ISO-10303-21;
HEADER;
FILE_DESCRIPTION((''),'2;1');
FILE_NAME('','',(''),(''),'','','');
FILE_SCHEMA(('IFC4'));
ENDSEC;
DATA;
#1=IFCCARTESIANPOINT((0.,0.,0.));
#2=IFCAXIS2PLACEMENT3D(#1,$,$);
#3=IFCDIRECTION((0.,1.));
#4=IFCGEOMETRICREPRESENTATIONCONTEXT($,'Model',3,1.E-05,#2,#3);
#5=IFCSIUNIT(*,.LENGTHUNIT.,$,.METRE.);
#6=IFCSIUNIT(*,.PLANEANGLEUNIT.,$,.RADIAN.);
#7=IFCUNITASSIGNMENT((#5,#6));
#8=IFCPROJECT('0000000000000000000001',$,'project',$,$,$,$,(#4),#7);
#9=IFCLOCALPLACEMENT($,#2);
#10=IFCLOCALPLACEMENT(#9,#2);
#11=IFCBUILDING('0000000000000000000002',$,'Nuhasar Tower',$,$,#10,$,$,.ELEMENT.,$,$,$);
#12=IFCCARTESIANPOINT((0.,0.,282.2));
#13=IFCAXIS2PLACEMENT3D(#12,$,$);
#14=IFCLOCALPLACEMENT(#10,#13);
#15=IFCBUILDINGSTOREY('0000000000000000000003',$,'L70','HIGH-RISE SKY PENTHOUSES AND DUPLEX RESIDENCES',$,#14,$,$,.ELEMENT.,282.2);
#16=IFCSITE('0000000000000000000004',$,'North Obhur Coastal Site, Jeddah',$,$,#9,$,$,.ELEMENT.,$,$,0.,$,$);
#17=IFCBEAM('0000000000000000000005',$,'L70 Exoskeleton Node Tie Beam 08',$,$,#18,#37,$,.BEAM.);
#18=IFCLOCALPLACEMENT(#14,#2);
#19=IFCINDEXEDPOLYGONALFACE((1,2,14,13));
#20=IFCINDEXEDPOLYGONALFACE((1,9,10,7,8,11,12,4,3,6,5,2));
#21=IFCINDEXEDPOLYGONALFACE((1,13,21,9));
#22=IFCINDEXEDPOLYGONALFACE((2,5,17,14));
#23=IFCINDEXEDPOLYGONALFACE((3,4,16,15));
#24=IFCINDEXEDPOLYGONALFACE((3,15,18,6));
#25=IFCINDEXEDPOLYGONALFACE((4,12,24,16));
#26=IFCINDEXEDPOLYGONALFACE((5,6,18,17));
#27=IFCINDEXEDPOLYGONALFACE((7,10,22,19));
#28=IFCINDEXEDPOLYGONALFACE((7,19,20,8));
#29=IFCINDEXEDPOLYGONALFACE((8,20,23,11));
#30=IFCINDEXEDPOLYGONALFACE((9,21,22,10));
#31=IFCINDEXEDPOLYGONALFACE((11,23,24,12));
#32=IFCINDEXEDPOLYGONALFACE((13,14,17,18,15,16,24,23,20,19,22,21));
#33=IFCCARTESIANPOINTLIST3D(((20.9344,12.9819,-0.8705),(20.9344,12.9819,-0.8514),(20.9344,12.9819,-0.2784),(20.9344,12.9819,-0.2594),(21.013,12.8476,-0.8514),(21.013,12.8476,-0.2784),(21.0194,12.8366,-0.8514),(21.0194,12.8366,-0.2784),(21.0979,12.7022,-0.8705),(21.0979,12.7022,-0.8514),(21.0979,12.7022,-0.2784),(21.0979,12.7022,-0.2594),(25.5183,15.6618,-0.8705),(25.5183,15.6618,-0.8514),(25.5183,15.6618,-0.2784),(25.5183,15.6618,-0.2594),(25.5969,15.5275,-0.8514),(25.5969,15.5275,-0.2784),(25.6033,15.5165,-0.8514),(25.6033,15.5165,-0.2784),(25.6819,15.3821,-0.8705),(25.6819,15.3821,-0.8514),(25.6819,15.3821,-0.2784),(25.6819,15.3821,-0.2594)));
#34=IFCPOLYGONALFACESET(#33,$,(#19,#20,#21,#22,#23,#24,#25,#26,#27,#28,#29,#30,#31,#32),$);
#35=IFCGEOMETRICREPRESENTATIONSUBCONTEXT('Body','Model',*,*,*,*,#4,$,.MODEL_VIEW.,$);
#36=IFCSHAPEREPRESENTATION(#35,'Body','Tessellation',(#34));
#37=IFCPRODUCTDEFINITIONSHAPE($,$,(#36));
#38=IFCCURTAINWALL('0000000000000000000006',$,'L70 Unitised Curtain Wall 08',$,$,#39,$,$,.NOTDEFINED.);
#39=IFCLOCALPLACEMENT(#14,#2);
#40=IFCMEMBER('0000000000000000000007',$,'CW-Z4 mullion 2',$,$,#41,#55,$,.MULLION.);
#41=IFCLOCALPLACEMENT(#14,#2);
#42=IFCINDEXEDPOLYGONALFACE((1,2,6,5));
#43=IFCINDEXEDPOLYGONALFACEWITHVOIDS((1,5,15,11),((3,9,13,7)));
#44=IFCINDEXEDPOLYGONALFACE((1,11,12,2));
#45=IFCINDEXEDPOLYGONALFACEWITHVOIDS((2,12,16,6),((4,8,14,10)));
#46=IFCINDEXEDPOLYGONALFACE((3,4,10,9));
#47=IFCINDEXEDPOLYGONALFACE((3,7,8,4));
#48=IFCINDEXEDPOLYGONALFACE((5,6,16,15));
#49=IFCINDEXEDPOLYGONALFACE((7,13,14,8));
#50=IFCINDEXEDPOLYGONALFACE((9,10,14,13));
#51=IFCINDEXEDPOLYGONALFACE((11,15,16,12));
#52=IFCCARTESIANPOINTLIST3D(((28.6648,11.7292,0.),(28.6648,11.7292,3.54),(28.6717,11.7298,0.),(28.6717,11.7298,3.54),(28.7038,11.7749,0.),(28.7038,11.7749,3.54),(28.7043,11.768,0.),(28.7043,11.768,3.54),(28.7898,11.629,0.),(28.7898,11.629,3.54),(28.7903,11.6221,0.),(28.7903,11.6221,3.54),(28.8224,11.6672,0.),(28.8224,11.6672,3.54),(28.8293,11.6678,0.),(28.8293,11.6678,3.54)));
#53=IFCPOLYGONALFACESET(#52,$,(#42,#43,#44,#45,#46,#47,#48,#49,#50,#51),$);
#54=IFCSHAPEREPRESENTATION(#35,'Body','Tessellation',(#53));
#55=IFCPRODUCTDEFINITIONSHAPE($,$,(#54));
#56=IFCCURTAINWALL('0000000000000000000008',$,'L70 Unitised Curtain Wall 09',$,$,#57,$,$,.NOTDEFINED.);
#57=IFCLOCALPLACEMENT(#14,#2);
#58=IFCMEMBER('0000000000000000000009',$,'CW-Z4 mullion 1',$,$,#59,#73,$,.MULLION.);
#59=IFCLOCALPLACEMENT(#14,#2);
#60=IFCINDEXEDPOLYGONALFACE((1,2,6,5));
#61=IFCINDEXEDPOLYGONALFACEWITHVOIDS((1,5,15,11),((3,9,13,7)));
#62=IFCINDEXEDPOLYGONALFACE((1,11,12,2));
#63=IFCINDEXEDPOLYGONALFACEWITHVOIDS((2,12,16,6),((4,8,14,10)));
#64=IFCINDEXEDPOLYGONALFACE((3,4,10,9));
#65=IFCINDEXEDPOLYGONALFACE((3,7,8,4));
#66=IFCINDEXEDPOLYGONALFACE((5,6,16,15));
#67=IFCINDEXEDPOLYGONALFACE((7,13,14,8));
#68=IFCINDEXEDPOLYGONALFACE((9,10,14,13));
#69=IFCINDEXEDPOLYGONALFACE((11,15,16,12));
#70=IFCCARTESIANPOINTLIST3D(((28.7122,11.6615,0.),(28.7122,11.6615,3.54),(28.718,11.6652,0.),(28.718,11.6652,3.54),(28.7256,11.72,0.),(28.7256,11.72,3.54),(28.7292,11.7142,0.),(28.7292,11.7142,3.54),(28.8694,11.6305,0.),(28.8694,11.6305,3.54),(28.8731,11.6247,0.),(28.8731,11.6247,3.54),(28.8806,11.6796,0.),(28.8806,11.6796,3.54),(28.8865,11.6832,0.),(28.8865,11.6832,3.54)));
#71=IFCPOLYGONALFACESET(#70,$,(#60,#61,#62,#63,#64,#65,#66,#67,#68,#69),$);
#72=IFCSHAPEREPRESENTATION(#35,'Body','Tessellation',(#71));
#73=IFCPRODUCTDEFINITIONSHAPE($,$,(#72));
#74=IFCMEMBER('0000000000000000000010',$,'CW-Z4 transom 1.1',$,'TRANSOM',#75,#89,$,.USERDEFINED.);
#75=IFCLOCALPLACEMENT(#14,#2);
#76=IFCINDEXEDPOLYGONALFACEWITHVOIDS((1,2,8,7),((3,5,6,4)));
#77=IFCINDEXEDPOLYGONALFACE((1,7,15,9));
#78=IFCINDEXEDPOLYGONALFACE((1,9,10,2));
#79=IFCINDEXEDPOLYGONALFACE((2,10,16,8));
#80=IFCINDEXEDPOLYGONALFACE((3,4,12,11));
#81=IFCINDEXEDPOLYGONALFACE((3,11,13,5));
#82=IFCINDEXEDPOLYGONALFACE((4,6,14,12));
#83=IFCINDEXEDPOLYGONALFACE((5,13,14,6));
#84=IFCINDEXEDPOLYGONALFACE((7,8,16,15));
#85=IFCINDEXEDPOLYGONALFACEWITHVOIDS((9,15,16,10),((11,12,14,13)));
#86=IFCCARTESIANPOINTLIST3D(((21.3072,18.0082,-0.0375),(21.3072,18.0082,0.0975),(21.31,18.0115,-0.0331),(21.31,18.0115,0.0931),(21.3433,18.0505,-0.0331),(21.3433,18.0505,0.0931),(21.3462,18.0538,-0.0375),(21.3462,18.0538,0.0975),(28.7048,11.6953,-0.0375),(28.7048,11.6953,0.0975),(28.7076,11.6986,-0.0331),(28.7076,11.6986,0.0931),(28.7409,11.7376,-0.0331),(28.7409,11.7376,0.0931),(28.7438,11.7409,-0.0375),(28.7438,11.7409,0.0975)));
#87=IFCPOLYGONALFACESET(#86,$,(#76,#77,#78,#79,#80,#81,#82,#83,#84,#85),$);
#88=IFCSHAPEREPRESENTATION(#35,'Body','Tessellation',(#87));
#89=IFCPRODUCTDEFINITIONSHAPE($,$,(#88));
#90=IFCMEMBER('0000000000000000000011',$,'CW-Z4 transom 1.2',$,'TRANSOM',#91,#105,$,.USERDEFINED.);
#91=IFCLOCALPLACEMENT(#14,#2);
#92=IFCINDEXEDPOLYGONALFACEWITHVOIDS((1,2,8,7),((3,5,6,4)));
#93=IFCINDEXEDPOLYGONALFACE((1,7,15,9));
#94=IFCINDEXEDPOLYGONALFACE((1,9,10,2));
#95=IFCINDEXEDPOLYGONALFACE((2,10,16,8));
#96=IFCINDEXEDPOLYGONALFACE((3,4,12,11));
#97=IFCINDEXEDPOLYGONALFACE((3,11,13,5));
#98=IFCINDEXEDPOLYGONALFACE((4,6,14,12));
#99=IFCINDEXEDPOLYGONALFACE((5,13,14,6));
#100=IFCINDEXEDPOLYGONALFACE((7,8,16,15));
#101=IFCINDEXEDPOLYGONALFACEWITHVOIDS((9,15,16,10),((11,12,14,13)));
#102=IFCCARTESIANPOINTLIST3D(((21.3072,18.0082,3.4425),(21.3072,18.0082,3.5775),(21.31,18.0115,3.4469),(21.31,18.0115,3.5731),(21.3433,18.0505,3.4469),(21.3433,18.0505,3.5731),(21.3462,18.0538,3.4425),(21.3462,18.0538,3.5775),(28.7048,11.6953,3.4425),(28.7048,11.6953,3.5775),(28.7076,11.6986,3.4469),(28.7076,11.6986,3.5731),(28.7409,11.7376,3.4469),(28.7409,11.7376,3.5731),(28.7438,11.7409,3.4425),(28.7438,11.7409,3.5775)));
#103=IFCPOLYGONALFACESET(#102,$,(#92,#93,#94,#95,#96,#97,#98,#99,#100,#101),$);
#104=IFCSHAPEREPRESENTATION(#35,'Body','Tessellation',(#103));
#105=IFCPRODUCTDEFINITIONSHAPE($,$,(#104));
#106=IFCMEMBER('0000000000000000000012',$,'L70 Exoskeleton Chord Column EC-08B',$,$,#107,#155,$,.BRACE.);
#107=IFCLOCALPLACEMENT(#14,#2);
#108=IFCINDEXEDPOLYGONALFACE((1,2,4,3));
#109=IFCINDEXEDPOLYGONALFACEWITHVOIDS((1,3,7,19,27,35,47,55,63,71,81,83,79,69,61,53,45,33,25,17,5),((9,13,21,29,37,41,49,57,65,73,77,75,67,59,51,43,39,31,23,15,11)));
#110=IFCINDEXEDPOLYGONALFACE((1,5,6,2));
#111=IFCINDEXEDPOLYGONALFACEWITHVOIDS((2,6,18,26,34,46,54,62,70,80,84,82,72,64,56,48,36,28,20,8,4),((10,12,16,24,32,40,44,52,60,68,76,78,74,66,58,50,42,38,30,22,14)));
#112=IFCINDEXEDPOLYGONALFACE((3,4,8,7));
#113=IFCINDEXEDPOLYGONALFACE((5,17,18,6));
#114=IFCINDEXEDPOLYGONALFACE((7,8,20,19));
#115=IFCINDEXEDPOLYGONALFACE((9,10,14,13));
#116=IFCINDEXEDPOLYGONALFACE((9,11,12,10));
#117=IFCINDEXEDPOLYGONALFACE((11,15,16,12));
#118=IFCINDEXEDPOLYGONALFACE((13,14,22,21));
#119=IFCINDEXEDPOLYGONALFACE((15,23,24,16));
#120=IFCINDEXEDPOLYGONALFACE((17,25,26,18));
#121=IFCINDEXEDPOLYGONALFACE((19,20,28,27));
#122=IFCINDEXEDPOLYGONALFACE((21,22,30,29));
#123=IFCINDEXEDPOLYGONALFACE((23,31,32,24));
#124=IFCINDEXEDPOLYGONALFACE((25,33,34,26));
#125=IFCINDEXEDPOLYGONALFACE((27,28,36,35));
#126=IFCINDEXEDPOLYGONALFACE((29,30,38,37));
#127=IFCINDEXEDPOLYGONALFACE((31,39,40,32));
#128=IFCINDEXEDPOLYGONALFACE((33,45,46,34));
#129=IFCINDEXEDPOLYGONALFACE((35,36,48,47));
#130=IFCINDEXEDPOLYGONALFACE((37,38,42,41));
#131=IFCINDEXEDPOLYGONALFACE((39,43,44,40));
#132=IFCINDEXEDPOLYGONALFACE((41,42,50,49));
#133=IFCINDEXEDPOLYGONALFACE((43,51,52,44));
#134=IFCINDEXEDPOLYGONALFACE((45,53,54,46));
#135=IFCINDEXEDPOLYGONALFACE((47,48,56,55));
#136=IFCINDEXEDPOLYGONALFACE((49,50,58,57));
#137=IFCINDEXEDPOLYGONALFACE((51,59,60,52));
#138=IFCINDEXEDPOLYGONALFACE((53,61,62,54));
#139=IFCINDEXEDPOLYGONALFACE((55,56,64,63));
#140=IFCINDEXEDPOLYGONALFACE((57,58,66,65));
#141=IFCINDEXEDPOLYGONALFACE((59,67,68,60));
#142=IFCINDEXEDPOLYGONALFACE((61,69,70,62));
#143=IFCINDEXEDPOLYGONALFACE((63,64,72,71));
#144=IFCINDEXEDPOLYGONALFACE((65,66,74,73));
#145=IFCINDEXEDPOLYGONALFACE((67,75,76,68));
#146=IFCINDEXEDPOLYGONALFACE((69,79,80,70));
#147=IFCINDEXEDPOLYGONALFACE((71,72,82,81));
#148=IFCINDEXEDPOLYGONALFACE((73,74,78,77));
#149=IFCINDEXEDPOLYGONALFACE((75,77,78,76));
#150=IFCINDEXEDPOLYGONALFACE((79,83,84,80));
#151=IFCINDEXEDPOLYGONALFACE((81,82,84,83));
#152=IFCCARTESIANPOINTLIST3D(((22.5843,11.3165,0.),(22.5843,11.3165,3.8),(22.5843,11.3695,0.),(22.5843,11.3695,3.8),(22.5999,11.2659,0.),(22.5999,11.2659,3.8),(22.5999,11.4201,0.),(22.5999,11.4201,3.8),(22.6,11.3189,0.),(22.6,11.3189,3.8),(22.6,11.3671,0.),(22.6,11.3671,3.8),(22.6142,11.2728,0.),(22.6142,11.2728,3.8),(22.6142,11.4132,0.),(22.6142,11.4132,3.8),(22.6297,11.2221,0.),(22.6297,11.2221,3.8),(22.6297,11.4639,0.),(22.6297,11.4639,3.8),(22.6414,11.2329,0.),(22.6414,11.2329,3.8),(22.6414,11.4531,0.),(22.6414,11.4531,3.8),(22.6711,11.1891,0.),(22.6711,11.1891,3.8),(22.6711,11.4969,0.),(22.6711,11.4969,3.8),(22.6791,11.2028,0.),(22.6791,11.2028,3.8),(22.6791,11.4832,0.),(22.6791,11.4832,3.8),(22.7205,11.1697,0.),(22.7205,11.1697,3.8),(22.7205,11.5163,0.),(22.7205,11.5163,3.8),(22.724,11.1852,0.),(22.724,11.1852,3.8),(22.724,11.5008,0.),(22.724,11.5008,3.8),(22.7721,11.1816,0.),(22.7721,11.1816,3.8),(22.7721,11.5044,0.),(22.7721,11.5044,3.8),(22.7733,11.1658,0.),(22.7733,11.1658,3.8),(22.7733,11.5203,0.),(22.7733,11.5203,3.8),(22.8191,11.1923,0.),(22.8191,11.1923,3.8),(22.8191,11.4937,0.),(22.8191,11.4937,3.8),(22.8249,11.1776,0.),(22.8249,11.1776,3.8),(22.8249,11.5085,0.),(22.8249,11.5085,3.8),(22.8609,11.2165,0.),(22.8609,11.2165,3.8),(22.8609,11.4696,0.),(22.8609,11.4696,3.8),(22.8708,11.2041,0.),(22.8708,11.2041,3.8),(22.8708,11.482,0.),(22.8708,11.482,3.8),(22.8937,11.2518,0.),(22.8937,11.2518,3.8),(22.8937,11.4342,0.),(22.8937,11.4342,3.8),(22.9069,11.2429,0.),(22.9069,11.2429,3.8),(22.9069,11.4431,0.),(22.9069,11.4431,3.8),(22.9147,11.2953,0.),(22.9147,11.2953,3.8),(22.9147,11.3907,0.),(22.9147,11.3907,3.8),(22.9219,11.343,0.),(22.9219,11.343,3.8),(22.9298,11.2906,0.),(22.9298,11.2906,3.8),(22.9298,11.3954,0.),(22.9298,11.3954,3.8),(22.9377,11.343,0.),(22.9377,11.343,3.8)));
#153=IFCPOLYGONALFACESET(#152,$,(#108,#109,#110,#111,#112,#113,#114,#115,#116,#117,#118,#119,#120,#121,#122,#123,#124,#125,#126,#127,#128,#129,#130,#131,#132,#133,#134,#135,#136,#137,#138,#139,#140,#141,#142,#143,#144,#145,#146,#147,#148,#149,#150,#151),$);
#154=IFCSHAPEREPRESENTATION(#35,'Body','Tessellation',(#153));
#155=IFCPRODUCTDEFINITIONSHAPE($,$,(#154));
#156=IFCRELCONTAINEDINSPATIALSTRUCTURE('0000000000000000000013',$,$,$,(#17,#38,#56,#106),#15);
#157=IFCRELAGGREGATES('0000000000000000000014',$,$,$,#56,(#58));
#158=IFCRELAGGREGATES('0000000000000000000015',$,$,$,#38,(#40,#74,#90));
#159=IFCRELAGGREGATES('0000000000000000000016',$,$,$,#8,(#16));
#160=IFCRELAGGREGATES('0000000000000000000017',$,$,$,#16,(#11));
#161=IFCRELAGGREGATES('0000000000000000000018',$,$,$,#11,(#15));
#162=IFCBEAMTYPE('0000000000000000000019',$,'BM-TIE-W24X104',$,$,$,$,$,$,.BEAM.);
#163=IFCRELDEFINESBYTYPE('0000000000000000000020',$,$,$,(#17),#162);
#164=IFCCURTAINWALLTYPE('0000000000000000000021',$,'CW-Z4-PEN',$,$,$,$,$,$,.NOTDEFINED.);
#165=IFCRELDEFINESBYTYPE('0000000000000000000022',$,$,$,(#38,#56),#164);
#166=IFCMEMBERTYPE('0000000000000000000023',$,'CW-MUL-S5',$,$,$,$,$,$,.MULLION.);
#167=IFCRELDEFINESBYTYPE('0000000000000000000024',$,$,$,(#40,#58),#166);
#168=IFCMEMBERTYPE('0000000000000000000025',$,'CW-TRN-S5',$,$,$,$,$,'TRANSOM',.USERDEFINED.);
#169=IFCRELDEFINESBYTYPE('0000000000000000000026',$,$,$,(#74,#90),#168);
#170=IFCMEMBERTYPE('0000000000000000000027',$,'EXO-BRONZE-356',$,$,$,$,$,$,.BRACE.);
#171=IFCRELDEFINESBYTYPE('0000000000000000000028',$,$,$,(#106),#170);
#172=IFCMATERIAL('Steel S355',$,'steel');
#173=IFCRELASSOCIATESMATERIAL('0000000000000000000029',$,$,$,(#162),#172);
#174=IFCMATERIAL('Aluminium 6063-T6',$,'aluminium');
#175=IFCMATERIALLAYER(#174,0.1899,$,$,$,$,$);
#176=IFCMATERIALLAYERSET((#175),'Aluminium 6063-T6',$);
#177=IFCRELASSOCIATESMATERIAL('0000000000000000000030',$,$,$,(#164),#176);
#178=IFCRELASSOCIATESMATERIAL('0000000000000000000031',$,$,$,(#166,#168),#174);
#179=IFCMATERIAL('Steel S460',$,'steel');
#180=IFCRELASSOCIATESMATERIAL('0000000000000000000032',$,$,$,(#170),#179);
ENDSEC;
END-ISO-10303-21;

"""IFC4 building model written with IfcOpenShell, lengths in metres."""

from ifc_helpers import new_model, si_unit, direction, frame, origin, origin_2d, place, context, subcontext, project, spatial, hollow_rectangle, hollow_circle, i_section, extrude, material, layer, layer_set, material_profile, profile_set, type_object, element, aggregate, save


model = new_model("IFC4")

# Units and contexts
model_context = context("Model", 3, precision=1e-05, world=origin(), true_north=direction((0.0, 1.0)))
body_context = subcontext(model_context, "Body", "Model", "MODEL_VIEW")
ifc_project = project(units=[si_unit("LENGTHUNIT", "METRE"), si_unit("PLANEANGLEUNIT", "RADIAN")], contexts=[model_context])

# Site, building, storey
site_placement = place(None, origin())
site = spatial("IfcSite", under=ifc_project, at=site_placement, Name="North Obhur Coastal Site, Jeddah", CompositionType="ELEMENT", RefElevation=0.0)
building_placement = place(site_placement, origin())
building = spatial("IfcBuilding", under=site, at=building_placement, Name="Nuhasar Tower", CompositionType="ELEMENT")
storey_placement = place(building_placement, frame((0.0, 0.0, 282.2)))
storey = spatial("IfcBuildingStorey", under=building, at=storey_placement, Name="L70", Description="HIGH-RISE SKY PENTHOUSES AND DUPLEX RESIDENCES", CompositionType="ELEMENT", Elevation=282.2)

# Beam
ifc_material_1 = material(Name="Steel S355", Category="steel")
ifc_material_profile_1 = material_profile(ifc_material_1, i_section(OverallWidth=0.324, OverallDepth=0.6111, WebThickness=0.0127, FlangeThickness=0.019, at=origin_2d()), Name="W24X104")
ifc_profile_set_1 = profile_set([ifc_material_profile_1], Name="Steel S355")
beam_type_1 = type_object("IfcBeamType", Name="BM-TIE-W24X104", PredefinedType="BEAM", material=ifc_profile_set_1)
beam_1_placement = place(storey_placement, frame((25.6001, 15.522, -0.5649), z_axis=(-0.863292, -0.504706, 0.0), x_axis=(0.504706, -0.863292, 0.0)))
element("IfcBeam", 1, at=beam_1_placement, inside=storey, type_object=beam_type_1, Name="L70 Exoskeleton Node Tie Beam 08", PredefinedType="BEAM", context=body_context, shape_type="SweptSolid", body=[
    extrude(i_section(OverallWidth=0.324, OverallDepth=0.6111, WebThickness=0.0127, FlangeThickness=0.019, at=origin_2d()), origin(), (0.0, 0.0, 1.0), 5.3098),
])

# Curtain walls, members
ifc_material_2 = material(Name="Aluminium 6063-T6", Category="aluminium")
ifc_layer_1 = layer(ifc_material_2, 0.1899)
ifc_layer_set_1 = layer_set([ifc_layer_1], Name="Aluminium 6063-T6")
curtain_wall_type = type_object("IfcCurtainWallType", Name="CW-Z4-PEN", PredefinedType="NOTDEFINED", material=ifc_layer_set_1)
curtain_wall_1_placement = place(storey_placement, origin())
curtain_wall_1 = element("IfcCurtainWall", 2, at=curtain_wall_1_placement, inside=storey, type_object=curtain_wall_type, Name="L70 Unitised Curtain Wall 08", PredefinedType="NOTDEFINED")
ifc_material_profile_2 = material_profile(ifc_material_2, hollow_rectangle(XDim=0.0601, YDim=0.165, WallThickness=0.0049, at=origin_2d()), Name="CWM-5")
ifc_profile_set_2 = profile_set([ifc_material_profile_2], Name="Aluminium 6063-T6")
member_type_1 = type_object("IfcMemberType", Name="CW-MUL-S5", PredefinedType="MULLION", material=ifc_profile_set_2)
member_1_placement = place(storey_placement, frame((28.7471, 11.6985, 0.0), z_axis=(0.0, 0.0, 1.0), x_axis=(0.649142, 0.760667, 0.0)))
member_1 = element("IfcMember", 3, at=member_1_placement, type_object=member_type_1, Name="CW-Z4 mullion 2", PredefinedType="MULLION", context=body_context, shape_type="SweptSolid", body=[
    extrude(hollow_rectangle(XDim=0.0601, YDim=0.165, WallThickness=0.0049, at=origin_2d()), origin(), (0.0, 0.0, 1.0), 3.54),
])
curtain_wall_2_placement = place(storey_placement, origin())
curtain_wall_2 = element("IfcCurtainWall", 4, at=curtain_wall_2_placement, inside=storey, type_object=curtain_wall_type, Name="L70 Unitised Curtain Wall 09", PredefinedType="NOTDEFINED")
member_2_placement = place(storey_placement, frame((28.7993, 11.6724, 0.0), z_axis=(0.0, 0.0, 1.0), x_axis=(0.222889, 0.974844, 0.0)))
member_2 = element("IfcMember", 5, at=member_2_placement, type_object=member_type_1, Name="CW-Z4 mullion 1", PredefinedType="MULLION", context=body_context, shape_type="SweptSolid", body=[
    extrude(hollow_rectangle(XDim=0.0601, YDim=0.165, WallThickness=0.0049, at=origin_2d()), origin(), (0.0, 0.0, 1.0), 3.54),
])
aggregate(curtain_wall_2, [member_2])

# Members
ifc_material_profile_3 = material_profile(ifc_material_2, hollow_rectangle(XDim=0.0601, YDim=0.135, WallThickness=0.0044, at=origin_2d()), Name="CWT-5")
ifc_profile_set_3 = profile_set([ifc_material_profile_3], Name="Aluminium 6063-T6")
member_type_2 = type_object("IfcMemberType", Name="CW-TRN-S5", ElementType="TRANSOM", PredefinedType="USERDEFINED", material=ifc_profile_set_3)
member_3_placement = place(storey_placement, frame((21.3267, 18.031, 0.03), z_axis=(0.760672, -0.649136, 0.0), x_axis=(0.649136, 0.760672, 0.0)))
member_3 = element("IfcMember", 6, at=member_3_placement, type_object=member_type_2, Name="CW-Z4 transom 1.1", ObjectType="TRANSOM", PredefinedType="USERDEFINED", context=body_context, shape_type="SweptSolid", body=[
    extrude(hollow_rectangle(XDim=0.0601, YDim=0.135, WallThickness=0.0044, at=origin_2d()), origin(), (0.0, 0.0, 1.0), 9.7251),
])
member_4_placement = place(storey_placement, frame((21.3267, 18.031, 3.51), z_axis=(0.760672, -0.649136, 0.0), x_axis=(0.649136, 0.760672, 0.0)))
member_4 = element("IfcMember", 7, at=member_4_placement, type_object=member_type_2, Name="CW-Z4 transom 1.2", ObjectType="TRANSOM", PredefinedType="USERDEFINED", context=body_context, shape_type="SweptSolid", body=[
    extrude(hollow_rectangle(XDim=0.0601, YDim=0.135, WallThickness=0.0044, at=origin_2d()), origin(), (0.0, 0.0, 1.0), 9.7251),
])

# Member
ifc_material_3 = material(Name="Steel S460", Category="steel")
ifc_material_profile_4 = material_profile(ifc_material_3, hollow_circle(Radius=0.1777, WallThickness=0.0159, at=origin_2d()), Name="HSS355.6X15.9")
ifc_profile_set_4 = profile_set([ifc_material_profile_4], Name="Steel S460")
member_type_3 = type_object("IfcMemberType", Name="EXO-BRONZE-356", PredefinedType="BRACE", material=ifc_profile_set_4)
member_5_placement = place(storey_placement, frame((22.76, 11.343, 0.0), z_axis=(0.0, 0.0, 1.0), x_axis=(1.0, 0.0, 0.0)))
element("IfcMember", 8, at=member_5_placement, inside=storey, type_object=member_type_3, Name="L70 Exoskeleton Chord Column EC-08B", PredefinedType="BRACE", context=body_context, shape_type="SweptSolid", body=[
    extrude(hollow_circle(Radius=0.1777, WallThickness=0.0159, at=origin_2d()), origin(), (0.0, 0.0, 1.0), 3.8),
])

aggregate(curtain_wall_1, [member_1, member_3, member_4])

save(model, "model.ifc")
